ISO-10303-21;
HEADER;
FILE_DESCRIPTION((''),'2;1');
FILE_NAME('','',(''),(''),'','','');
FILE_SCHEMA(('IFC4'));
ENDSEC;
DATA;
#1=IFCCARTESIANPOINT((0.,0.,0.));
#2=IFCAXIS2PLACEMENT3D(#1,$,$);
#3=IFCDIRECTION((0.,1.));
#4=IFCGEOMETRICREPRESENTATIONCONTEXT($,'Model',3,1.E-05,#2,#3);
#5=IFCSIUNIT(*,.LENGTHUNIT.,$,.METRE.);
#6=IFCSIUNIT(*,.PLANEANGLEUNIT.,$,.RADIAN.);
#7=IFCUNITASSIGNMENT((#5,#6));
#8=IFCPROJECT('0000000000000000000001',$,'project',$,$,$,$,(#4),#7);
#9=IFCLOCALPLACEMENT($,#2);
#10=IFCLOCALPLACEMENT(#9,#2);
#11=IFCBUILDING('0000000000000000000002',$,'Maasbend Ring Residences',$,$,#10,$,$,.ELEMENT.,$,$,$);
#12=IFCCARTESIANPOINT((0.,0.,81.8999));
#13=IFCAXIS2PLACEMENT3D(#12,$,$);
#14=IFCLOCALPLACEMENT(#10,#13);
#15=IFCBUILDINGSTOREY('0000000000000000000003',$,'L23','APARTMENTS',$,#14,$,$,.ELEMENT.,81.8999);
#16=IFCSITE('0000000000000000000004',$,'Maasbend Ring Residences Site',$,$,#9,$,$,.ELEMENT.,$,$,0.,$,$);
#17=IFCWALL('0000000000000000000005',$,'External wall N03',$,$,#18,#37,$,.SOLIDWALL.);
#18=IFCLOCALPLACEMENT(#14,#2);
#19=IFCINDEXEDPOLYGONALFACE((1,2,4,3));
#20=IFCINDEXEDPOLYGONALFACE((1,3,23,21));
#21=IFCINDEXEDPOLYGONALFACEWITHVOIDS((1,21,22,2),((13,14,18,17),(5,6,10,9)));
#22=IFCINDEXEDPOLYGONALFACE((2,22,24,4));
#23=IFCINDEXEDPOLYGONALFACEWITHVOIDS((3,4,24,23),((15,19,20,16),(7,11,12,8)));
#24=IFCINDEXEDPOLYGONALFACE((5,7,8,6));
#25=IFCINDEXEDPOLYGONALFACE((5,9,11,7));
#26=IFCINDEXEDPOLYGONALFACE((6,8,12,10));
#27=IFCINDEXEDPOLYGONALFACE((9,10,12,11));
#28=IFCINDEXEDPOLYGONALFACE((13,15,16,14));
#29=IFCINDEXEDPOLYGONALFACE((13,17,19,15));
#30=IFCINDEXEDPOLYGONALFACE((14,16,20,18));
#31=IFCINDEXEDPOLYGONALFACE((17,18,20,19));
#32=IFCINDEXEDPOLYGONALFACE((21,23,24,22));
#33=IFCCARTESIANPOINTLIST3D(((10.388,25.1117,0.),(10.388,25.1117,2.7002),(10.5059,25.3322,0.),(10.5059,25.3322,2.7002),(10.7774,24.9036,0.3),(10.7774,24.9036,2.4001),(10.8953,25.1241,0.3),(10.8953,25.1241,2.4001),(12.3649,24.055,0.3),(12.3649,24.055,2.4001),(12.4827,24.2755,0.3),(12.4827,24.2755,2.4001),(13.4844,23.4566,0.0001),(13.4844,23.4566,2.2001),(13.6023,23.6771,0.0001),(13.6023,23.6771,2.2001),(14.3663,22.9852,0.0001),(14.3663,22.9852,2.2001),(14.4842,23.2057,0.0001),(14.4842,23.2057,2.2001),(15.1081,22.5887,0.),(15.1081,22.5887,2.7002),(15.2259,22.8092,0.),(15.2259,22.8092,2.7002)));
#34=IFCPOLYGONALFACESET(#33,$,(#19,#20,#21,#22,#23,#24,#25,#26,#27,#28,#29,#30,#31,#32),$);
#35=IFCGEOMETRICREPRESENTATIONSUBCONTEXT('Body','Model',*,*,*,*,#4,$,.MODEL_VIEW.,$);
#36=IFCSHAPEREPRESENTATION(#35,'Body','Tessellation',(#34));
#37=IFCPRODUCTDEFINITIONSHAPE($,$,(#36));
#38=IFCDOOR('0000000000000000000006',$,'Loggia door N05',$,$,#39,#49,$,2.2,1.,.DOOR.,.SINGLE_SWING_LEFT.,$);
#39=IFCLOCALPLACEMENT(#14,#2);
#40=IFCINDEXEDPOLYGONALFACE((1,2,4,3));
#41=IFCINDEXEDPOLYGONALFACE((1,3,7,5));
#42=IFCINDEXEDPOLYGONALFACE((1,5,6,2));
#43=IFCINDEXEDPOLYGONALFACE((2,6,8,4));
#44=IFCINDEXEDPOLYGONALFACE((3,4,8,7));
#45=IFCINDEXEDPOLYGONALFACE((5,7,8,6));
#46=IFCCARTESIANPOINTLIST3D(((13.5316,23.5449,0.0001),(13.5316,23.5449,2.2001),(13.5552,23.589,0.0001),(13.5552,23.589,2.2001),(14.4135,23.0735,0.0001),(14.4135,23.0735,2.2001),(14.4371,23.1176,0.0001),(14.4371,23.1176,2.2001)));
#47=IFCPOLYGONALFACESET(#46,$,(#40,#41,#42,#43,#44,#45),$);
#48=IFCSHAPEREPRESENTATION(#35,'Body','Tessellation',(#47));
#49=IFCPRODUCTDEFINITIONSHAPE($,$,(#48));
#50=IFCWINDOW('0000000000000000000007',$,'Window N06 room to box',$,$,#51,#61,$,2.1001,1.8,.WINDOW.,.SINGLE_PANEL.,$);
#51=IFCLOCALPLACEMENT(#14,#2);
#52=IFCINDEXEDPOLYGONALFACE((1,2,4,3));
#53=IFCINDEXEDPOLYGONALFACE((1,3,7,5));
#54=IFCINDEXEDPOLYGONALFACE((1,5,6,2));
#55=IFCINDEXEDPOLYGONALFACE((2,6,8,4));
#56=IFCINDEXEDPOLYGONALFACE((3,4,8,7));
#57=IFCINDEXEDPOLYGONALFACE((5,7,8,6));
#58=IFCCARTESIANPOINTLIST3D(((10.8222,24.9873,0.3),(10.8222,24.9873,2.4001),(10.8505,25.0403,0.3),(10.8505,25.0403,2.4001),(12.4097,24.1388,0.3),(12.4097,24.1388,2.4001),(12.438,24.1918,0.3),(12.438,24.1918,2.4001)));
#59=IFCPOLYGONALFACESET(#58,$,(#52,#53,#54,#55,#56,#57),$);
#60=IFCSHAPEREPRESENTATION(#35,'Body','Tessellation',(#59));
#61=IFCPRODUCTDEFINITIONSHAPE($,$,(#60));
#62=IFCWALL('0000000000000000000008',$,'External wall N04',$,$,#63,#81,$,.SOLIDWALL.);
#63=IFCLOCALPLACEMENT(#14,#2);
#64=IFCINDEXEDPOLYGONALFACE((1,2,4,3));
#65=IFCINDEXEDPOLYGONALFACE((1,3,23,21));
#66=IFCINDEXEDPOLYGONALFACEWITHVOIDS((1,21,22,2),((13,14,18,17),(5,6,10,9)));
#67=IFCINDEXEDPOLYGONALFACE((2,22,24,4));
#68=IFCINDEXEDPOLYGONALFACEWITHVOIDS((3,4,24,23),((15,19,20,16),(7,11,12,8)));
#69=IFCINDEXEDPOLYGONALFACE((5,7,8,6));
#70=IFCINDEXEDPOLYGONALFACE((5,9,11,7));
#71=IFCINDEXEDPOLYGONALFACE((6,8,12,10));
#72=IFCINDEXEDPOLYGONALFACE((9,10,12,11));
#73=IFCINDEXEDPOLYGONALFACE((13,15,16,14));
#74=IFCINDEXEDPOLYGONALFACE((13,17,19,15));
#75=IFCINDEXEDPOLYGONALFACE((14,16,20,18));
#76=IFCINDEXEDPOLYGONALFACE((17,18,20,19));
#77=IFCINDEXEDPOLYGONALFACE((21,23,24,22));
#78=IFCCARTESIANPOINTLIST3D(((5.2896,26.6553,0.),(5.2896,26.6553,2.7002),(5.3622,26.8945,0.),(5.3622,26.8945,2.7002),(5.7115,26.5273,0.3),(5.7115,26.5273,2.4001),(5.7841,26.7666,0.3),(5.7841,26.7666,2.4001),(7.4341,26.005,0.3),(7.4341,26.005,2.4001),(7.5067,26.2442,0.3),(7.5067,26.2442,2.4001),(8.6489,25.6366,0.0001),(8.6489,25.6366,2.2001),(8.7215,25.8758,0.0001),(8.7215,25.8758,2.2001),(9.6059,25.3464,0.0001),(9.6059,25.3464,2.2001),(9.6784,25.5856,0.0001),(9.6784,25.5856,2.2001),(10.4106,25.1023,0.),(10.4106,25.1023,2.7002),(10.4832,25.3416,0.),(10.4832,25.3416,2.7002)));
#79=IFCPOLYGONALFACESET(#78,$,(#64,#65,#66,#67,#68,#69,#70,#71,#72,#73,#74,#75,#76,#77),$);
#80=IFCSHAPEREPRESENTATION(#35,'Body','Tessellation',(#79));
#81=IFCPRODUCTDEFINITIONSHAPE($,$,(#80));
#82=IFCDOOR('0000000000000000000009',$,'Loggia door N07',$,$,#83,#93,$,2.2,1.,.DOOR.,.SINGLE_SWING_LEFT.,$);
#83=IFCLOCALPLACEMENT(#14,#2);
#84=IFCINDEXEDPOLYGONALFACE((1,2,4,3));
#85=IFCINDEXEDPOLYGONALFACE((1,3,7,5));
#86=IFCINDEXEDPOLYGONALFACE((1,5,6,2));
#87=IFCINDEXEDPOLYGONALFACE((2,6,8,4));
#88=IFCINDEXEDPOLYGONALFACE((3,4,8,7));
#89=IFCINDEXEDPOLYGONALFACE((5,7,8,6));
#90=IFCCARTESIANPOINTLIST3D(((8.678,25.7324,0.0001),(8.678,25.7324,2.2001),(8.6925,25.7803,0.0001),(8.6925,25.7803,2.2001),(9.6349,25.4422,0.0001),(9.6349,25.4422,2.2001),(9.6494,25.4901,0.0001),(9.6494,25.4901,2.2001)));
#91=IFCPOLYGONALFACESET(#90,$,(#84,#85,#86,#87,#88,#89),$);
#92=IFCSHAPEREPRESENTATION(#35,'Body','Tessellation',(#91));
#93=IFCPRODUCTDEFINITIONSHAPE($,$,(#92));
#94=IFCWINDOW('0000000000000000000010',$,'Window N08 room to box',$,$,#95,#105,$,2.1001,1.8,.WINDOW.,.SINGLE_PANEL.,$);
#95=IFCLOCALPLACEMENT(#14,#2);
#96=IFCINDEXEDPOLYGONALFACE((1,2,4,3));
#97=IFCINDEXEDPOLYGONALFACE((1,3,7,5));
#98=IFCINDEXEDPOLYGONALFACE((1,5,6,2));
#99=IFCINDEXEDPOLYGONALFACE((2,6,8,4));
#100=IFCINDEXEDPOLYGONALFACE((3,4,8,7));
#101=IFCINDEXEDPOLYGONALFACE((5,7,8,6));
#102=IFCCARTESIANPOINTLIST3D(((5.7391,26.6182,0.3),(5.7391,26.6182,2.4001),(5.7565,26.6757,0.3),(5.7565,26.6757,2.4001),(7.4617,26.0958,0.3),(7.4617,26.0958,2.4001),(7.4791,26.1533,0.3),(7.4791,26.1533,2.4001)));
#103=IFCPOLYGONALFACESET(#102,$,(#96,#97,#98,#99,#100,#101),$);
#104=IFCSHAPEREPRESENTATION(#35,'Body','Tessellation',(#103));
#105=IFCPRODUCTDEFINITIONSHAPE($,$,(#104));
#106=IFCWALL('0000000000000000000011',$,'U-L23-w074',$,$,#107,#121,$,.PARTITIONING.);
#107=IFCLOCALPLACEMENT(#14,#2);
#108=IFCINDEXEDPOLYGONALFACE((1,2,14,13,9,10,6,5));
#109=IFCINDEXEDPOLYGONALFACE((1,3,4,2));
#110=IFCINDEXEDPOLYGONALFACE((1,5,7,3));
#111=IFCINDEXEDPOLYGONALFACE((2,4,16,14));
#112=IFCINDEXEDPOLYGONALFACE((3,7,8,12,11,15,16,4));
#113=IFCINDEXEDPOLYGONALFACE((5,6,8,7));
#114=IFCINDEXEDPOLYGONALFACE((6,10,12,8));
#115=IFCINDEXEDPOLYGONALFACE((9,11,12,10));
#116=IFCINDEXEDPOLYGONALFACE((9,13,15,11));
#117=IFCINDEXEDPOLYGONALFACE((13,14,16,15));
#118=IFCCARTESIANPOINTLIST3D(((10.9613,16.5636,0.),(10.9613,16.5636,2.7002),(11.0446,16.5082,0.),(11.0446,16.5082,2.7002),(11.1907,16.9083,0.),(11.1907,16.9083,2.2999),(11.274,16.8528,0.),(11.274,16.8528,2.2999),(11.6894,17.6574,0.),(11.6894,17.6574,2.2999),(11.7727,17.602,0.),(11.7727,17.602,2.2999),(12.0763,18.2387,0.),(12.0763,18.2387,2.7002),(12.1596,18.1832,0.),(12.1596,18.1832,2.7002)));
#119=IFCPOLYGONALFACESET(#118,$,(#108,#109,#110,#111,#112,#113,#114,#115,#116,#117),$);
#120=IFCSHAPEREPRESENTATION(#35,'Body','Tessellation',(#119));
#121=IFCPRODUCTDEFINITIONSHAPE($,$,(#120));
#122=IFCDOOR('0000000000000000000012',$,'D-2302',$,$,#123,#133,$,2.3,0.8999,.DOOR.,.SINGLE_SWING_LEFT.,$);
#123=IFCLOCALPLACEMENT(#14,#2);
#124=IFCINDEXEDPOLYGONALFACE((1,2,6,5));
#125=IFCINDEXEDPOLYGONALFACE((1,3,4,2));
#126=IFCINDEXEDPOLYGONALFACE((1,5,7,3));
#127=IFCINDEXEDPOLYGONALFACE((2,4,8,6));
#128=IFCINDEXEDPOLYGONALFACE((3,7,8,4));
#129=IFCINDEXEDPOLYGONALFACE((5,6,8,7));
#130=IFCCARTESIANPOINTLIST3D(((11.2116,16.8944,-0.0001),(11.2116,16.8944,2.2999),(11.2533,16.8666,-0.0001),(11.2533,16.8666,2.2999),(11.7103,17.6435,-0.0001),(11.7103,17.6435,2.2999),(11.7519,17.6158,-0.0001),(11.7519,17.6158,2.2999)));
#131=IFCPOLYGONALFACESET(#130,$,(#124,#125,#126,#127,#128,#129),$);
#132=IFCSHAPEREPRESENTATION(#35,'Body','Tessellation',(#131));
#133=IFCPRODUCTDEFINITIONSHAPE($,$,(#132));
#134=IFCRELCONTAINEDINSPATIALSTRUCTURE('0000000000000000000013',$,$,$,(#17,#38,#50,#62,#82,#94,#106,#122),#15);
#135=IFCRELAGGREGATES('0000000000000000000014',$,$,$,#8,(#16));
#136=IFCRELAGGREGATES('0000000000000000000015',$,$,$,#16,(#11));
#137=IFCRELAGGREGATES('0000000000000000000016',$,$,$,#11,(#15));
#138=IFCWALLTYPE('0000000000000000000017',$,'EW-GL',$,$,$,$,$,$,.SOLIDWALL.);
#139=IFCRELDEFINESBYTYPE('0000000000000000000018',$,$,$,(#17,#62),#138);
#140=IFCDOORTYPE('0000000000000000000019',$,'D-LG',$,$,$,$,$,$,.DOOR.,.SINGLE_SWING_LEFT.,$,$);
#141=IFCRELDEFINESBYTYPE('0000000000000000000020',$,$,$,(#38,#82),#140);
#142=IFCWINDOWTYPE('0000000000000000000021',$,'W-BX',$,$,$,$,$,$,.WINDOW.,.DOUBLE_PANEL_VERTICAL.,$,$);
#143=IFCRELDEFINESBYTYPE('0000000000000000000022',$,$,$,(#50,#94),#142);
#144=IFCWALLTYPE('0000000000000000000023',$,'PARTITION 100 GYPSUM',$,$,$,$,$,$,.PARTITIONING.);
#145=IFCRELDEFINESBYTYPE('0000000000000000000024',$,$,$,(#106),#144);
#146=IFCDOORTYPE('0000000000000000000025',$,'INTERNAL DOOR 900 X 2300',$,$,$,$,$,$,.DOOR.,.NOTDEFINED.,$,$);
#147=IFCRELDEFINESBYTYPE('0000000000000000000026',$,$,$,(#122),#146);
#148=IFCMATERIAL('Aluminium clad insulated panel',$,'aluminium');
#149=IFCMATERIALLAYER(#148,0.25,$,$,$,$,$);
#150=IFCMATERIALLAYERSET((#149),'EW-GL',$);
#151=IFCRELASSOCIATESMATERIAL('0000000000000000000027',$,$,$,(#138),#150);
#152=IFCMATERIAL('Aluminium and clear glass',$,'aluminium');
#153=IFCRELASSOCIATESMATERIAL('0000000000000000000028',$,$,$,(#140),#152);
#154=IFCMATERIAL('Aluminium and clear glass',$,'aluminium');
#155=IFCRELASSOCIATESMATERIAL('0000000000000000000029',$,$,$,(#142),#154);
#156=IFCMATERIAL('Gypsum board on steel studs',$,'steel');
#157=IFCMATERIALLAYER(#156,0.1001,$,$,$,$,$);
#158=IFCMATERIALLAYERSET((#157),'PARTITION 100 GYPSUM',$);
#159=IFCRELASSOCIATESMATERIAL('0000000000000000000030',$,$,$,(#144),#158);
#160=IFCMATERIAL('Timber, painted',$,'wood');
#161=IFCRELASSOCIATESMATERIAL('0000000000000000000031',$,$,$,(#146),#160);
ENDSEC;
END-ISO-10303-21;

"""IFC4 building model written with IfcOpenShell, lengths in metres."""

from ifc_helpers import new_model, si_unit, direction, frame, frame_2d, origin, place, context, subcontext, project, spatial, rectangle, extrude, material, layer, layer_set, type_object, element, fill, save


model = new_model("IFC4")

# Units and contexts
model_context = context("Model", 3, precision=1e-05, world=origin(), true_north=direction((0.0, 1.0)))
body_context = subcontext(model_context, "Body", "Model", "MODEL_VIEW")
ifc_project = project(units=[si_unit("LENGTHUNIT", "METRE"), si_unit("PLANEANGLEUNIT", "RADIAN")], contexts=[model_context])

# Site, building, storey
site_placement = place(None, origin())
site = spatial("IfcSite", under=ifc_project, at=site_placement, Name="Maasbend Ring Residences Site", CompositionType="ELEMENT", RefElevation=0.0)
building_placement = place(site_placement, origin())
building = spatial("IfcBuilding", under=site, at=building_placement, Name="Maasbend Ring Residences", CompositionType="ELEMENT")
storey_placement = place(building_placement, frame((0.0, 0.0, 81.8999)))
storey = spatial("IfcBuildingStorey", under=building, at=storey_placement, Name="L23", Description="APARTMENTS", CompositionType="ELEMENT", Elevation=81.8999)

# Walls, openings, doors, windows
ifc_material_1 = material(Name="Aluminium clad insulated panel", Category="aluminium")
ifc_layer_1 = layer(ifc_material_1, 0.25)
ifc_layer_set_1 = layer_set([ifc_layer_1], Name="EW-GL")
wall_type_1 = type_object("IfcWallType", Name="EW-GL", PredefinedType="SOLIDWALL", material=ifc_layer_set_1)
wall_1_placement = place(storey_placement, frame((15.167, 22.699, 0.0), z_axis=(0.0, 0.0, 1.0), x_axis=(-0.881916, 0.471407, 0.0)))
wall_1 = element("IfcWall", 1, at=wall_1_placement, inside=storey, type_object=wall_type_1, Name="External wall N03", PredefinedType="SOLIDWALL", context=body_context, shape_type="SweptSolid", body=[
    extrude(rectangle(XDim=5.3521, YDim=0.25, at=frame_2d((2.676, 0.0))), origin(), (0.0, 0.0, 1.0), 2.7002),
])
opening_1_placement = place(wall_1_placement, frame((0.8411, 0.0, 0.0)))
opening_1 = element("IfcOpeningElement", 2, at=opening_1_placement, cuts=wall_1, PredefinedType="OPENING", context=body_context, shape_type="SweptSolid", body=[
    extrude(rectangle(XDim=1.0, YDim=2.2, at=frame_2d((0.5, 1.1001))), frame((0.0, 0.135, 0.0), z_axis=(0.0, -1.0, 0.0), x_axis=(1.0, 0.0, 0.0)), (0.0, 0.0, 1.0), 0.27),
])
opening_2_placement = place(wall_1_placement, frame((3.1106, 0.0, 0.3)))
opening_2 = element("IfcOpeningElement", 3, at=opening_2_placement, cuts=wall_1, PredefinedType="OPENING", context=body_context, shape_type="SweptSolid", body=[
    extrude(rectangle(XDim=1.8, YDim=2.1001, at=frame_2d((0.8999, 1.05))), frame((0.0, 0.135, 0.0), z_axis=(0.0, -1.0, 0.0), x_axis=(1.0, 0.0, 0.0)), (0.0, 0.0, 1.0), 0.27),
])
ifc_material_2 = material(Name="Aluminium and clear glass", Category="aluminium")
door_type_1 = type_object("IfcDoorType", Name="D-LG", OperationType="SINGLE_SWING_LEFT", PredefinedType="DOOR", material=ifc_material_2)
door_1_placement = place(opening_1_placement, origin())
door_1 = element("IfcDoor", 4, at=door_1_placement, inside=storey, type_object=door_type_1, Name="Loggia door N05", OperationType="SINGLE_SWING_LEFT", OverallHeight=2.2, OverallWidth=1.0, PredefinedType="DOOR", context=body_context, shape_type="SweptSolid", body=[
    extrude(rectangle(XDim=1.0, YDim=2.2, at=frame_2d((0.5, 1.1001))), frame((0.0, 0.0249, 0.0), z_axis=(0.0, -1.0, 0.0), x_axis=(1.0, 0.0, 0.0)), (0.0, 0.0, 1.0), 0.05),
])
fill(opening_1, door_1)
ifc_material_3 = material(Name="Aluminium and clear glass", Category="aluminium")
window_type_1 = type_object("IfcWindowType", Name="W-BX", PartitioningType="DOUBLE_PANEL_VERTICAL", PredefinedType="WINDOW", material=ifc_material_3)
window_1_placement = place(opening_2_placement, origin())
window_1 = element("IfcWindow", 5, at=window_1_placement, inside=storey, type_object=window_type_1, Name="Window N06 room to box", OverallHeight=2.1001, OverallWidth=1.8, PartitioningType="SINGLE_PANEL", PredefinedType="WINDOW", context=body_context, shape_type="SweptSolid", body=[
    extrude(rectangle(XDim=1.8, YDim=2.1001, at=frame_2d((0.8999, 1.05))), frame((0.0, 0.03, 0.0), z_axis=(0.0, -1.0, 0.0), x_axis=(1.0, 0.0, 0.0)), (0.0, 0.0, 1.0), 0.0601),
])
fill(opening_2, window_1)
wall_2_placement = place(storey_placement, frame((10.447, 25.2219, 0.0), z_axis=(0.0, 0.0, 1.0), x_axis=(-0.956966, 0.290201, 0.0)))
wall_2 = element("IfcWall", 6, at=wall_2_placement, inside=storey, type_object=wall_type_1, Name="External wall N04", PredefinedType="SOLIDWALL", context=body_context, shape_type="SweptSolid", body=[
    extrude(rectangle(XDim=5.3513, YDim=0.25, at=frame_2d((2.6758, 0.0))), origin(), (0.0, 0.0, 1.0), 2.7002),
])
opening_3_placement = place(wall_2_placement, frame((0.8411, 0.0, 0.0)))
opening_3 = element("IfcOpeningElement", 7, at=opening_3_placement, cuts=wall_2, PredefinedType="OPENING", context=body_context, shape_type="SweptSolid", body=[
    extrude(rectangle(XDim=1.0, YDim=2.2, at=frame_2d((0.5, 1.1001))), frame((0.0, 0.135, 0.0), z_axis=(0.0, -1.0, 0.0), x_axis=(1.0, 0.0, 0.0)), (0.0, 0.0, 1.0), 0.27),
])
opening_4_placement = place(wall_2_placement, frame((3.1106, 0.0, 0.3)))
opening_4 = element("IfcOpeningElement", 8, at=opening_4_placement, cuts=wall_2, PredefinedType="OPENING", context=body_context, shape_type="SweptSolid", body=[
    extrude(rectangle(XDim=1.8, YDim=2.1001, at=frame_2d((0.8999, 1.05))), frame((0.0, 0.135, 0.0), z_axis=(0.0, -1.0, 0.0), x_axis=(1.0, 0.0, 0.0)), (0.0, 0.0, 1.0), 0.27),
])
door_2_placement = place(opening_3_placement, origin())
door_2 = element("IfcDoor", 9, at=door_2_placement, inside=storey, type_object=door_type_1, Name="Loggia door N07", OperationType="SINGLE_SWING_LEFT", OverallHeight=2.2, OverallWidth=1.0, PredefinedType="DOOR", context=body_context, shape_type="SweptSolid", body=[
    extrude(rectangle(XDim=1.0, YDim=2.2, at=frame_2d((0.5, 1.1001))), frame((0.0, 0.0249, 0.0), z_axis=(0.0, -1.0, 0.0), x_axis=(1.0, 0.0, 0.0)), (0.0, 0.0, 1.0), 0.05),
])
fill(opening_3, door_2)
window_2_placement = place(opening_4_placement, origin())
window_2 = element("IfcWindow", 10, at=window_2_placement, inside=storey, type_object=window_type_1, Name="Window N08 room to box", OverallHeight=2.1001, OverallWidth=1.8, PartitioningType="SINGLE_PANEL", PredefinedType="WINDOW", context=body_context, shape_type="SweptSolid", body=[
    extrude(rectangle(XDim=1.8, YDim=2.1001, at=frame_2d((0.8999, 1.05))), frame((0.0, 0.03, 0.0), z_axis=(0.0, -1.0, 0.0), x_axis=(1.0, 0.0, 0.0)), (0.0, 0.0, 1.0), 0.0601),
])
fill(opening_4, window_2)

# Wall, opening, door
ifc_material_4 = material(Name="Gypsum board on steel studs", Category="steel")
ifc_layer_2 = layer(ifc_material_4, 0.1001)
ifc_layer_set_2 = layer_set([ifc_layer_2], Name="PARTITION 100 GYPSUM")
wall_type_2 = type_object("IfcWallType", Name="PARTITION 100 GYPSUM", PredefinedType="PARTITIONING", material=ifc_layer_set_2)
wall_3_placement = place(storey_placement, frame((11.0029, 16.5359, 0.0), z_axis=(0.0, 0.0, 1.0), x_axis=(0.554112, 0.832442, 0.0)))
wall_3 = element("IfcWall", 11, at=wall_3_placement, inside=storey, type_object=wall_type_2, Name="U-L23-w074", PredefinedType="PARTITIONING", context=body_context, shape_type="SweptSolid", body=[
    extrude(rectangle(XDim=2.0122, YDim=0.1001, at=frame_2d((1.0061, 0.0))), origin(), (0.0, 0.0, 1.0), 2.7002),
])
opening_5_placement = place(wall_3_placement, frame((0.4141, 0.0, 0.0)))
opening_5 = element("IfcOpeningElement", 12, at=opening_5_placement, cuts=wall_3, PredefinedType="OPENING", context=body_context, shape_type="SweptSolid", body=[
    extrude(rectangle(XDim=0.8999, YDim=2.3, at=frame_2d((0.45, 1.1499))), frame((0.0, 0.0601, 0.0), z_axis=(0.0, -1.0, 0.0), x_axis=(1.0, 0.0, 0.0)), (0.0, 0.0, 1.0), 0.1201),
])
ifc_material_5 = material(Name="Timber, painted", Category="wood")
door_type_2 = type_object("IfcDoorType", Name="INTERNAL DOOR 900 X 2300", OperationType="NOTDEFINED", PredefinedType="DOOR", material=ifc_material_5)
door_3_placement = place(opening_5_placement, origin())
door_3 = element("IfcDoor", 13, at=door_3_placement, inside=storey, type_object=door_type_2, Name="D-2302", OperationType="SINGLE_SWING_LEFT", OverallHeight=2.3, OverallWidth=0.8999, PredefinedType="DOOR", context=body_context, shape_type="SweptSolid", body=[
    extrude(rectangle(XDim=0.8999, YDim=2.3, at=frame_2d((0.45, 1.1499))), frame((0.0, 0.0249, 0.0), z_axis=(0.0, -1.0, 0.0), x_axis=(1.0, 0.0, 0.0)), (0.0, 0.0, 1.0), 0.05),
])
fill(opening_5, door_3)

save(model, "model.ifc")
